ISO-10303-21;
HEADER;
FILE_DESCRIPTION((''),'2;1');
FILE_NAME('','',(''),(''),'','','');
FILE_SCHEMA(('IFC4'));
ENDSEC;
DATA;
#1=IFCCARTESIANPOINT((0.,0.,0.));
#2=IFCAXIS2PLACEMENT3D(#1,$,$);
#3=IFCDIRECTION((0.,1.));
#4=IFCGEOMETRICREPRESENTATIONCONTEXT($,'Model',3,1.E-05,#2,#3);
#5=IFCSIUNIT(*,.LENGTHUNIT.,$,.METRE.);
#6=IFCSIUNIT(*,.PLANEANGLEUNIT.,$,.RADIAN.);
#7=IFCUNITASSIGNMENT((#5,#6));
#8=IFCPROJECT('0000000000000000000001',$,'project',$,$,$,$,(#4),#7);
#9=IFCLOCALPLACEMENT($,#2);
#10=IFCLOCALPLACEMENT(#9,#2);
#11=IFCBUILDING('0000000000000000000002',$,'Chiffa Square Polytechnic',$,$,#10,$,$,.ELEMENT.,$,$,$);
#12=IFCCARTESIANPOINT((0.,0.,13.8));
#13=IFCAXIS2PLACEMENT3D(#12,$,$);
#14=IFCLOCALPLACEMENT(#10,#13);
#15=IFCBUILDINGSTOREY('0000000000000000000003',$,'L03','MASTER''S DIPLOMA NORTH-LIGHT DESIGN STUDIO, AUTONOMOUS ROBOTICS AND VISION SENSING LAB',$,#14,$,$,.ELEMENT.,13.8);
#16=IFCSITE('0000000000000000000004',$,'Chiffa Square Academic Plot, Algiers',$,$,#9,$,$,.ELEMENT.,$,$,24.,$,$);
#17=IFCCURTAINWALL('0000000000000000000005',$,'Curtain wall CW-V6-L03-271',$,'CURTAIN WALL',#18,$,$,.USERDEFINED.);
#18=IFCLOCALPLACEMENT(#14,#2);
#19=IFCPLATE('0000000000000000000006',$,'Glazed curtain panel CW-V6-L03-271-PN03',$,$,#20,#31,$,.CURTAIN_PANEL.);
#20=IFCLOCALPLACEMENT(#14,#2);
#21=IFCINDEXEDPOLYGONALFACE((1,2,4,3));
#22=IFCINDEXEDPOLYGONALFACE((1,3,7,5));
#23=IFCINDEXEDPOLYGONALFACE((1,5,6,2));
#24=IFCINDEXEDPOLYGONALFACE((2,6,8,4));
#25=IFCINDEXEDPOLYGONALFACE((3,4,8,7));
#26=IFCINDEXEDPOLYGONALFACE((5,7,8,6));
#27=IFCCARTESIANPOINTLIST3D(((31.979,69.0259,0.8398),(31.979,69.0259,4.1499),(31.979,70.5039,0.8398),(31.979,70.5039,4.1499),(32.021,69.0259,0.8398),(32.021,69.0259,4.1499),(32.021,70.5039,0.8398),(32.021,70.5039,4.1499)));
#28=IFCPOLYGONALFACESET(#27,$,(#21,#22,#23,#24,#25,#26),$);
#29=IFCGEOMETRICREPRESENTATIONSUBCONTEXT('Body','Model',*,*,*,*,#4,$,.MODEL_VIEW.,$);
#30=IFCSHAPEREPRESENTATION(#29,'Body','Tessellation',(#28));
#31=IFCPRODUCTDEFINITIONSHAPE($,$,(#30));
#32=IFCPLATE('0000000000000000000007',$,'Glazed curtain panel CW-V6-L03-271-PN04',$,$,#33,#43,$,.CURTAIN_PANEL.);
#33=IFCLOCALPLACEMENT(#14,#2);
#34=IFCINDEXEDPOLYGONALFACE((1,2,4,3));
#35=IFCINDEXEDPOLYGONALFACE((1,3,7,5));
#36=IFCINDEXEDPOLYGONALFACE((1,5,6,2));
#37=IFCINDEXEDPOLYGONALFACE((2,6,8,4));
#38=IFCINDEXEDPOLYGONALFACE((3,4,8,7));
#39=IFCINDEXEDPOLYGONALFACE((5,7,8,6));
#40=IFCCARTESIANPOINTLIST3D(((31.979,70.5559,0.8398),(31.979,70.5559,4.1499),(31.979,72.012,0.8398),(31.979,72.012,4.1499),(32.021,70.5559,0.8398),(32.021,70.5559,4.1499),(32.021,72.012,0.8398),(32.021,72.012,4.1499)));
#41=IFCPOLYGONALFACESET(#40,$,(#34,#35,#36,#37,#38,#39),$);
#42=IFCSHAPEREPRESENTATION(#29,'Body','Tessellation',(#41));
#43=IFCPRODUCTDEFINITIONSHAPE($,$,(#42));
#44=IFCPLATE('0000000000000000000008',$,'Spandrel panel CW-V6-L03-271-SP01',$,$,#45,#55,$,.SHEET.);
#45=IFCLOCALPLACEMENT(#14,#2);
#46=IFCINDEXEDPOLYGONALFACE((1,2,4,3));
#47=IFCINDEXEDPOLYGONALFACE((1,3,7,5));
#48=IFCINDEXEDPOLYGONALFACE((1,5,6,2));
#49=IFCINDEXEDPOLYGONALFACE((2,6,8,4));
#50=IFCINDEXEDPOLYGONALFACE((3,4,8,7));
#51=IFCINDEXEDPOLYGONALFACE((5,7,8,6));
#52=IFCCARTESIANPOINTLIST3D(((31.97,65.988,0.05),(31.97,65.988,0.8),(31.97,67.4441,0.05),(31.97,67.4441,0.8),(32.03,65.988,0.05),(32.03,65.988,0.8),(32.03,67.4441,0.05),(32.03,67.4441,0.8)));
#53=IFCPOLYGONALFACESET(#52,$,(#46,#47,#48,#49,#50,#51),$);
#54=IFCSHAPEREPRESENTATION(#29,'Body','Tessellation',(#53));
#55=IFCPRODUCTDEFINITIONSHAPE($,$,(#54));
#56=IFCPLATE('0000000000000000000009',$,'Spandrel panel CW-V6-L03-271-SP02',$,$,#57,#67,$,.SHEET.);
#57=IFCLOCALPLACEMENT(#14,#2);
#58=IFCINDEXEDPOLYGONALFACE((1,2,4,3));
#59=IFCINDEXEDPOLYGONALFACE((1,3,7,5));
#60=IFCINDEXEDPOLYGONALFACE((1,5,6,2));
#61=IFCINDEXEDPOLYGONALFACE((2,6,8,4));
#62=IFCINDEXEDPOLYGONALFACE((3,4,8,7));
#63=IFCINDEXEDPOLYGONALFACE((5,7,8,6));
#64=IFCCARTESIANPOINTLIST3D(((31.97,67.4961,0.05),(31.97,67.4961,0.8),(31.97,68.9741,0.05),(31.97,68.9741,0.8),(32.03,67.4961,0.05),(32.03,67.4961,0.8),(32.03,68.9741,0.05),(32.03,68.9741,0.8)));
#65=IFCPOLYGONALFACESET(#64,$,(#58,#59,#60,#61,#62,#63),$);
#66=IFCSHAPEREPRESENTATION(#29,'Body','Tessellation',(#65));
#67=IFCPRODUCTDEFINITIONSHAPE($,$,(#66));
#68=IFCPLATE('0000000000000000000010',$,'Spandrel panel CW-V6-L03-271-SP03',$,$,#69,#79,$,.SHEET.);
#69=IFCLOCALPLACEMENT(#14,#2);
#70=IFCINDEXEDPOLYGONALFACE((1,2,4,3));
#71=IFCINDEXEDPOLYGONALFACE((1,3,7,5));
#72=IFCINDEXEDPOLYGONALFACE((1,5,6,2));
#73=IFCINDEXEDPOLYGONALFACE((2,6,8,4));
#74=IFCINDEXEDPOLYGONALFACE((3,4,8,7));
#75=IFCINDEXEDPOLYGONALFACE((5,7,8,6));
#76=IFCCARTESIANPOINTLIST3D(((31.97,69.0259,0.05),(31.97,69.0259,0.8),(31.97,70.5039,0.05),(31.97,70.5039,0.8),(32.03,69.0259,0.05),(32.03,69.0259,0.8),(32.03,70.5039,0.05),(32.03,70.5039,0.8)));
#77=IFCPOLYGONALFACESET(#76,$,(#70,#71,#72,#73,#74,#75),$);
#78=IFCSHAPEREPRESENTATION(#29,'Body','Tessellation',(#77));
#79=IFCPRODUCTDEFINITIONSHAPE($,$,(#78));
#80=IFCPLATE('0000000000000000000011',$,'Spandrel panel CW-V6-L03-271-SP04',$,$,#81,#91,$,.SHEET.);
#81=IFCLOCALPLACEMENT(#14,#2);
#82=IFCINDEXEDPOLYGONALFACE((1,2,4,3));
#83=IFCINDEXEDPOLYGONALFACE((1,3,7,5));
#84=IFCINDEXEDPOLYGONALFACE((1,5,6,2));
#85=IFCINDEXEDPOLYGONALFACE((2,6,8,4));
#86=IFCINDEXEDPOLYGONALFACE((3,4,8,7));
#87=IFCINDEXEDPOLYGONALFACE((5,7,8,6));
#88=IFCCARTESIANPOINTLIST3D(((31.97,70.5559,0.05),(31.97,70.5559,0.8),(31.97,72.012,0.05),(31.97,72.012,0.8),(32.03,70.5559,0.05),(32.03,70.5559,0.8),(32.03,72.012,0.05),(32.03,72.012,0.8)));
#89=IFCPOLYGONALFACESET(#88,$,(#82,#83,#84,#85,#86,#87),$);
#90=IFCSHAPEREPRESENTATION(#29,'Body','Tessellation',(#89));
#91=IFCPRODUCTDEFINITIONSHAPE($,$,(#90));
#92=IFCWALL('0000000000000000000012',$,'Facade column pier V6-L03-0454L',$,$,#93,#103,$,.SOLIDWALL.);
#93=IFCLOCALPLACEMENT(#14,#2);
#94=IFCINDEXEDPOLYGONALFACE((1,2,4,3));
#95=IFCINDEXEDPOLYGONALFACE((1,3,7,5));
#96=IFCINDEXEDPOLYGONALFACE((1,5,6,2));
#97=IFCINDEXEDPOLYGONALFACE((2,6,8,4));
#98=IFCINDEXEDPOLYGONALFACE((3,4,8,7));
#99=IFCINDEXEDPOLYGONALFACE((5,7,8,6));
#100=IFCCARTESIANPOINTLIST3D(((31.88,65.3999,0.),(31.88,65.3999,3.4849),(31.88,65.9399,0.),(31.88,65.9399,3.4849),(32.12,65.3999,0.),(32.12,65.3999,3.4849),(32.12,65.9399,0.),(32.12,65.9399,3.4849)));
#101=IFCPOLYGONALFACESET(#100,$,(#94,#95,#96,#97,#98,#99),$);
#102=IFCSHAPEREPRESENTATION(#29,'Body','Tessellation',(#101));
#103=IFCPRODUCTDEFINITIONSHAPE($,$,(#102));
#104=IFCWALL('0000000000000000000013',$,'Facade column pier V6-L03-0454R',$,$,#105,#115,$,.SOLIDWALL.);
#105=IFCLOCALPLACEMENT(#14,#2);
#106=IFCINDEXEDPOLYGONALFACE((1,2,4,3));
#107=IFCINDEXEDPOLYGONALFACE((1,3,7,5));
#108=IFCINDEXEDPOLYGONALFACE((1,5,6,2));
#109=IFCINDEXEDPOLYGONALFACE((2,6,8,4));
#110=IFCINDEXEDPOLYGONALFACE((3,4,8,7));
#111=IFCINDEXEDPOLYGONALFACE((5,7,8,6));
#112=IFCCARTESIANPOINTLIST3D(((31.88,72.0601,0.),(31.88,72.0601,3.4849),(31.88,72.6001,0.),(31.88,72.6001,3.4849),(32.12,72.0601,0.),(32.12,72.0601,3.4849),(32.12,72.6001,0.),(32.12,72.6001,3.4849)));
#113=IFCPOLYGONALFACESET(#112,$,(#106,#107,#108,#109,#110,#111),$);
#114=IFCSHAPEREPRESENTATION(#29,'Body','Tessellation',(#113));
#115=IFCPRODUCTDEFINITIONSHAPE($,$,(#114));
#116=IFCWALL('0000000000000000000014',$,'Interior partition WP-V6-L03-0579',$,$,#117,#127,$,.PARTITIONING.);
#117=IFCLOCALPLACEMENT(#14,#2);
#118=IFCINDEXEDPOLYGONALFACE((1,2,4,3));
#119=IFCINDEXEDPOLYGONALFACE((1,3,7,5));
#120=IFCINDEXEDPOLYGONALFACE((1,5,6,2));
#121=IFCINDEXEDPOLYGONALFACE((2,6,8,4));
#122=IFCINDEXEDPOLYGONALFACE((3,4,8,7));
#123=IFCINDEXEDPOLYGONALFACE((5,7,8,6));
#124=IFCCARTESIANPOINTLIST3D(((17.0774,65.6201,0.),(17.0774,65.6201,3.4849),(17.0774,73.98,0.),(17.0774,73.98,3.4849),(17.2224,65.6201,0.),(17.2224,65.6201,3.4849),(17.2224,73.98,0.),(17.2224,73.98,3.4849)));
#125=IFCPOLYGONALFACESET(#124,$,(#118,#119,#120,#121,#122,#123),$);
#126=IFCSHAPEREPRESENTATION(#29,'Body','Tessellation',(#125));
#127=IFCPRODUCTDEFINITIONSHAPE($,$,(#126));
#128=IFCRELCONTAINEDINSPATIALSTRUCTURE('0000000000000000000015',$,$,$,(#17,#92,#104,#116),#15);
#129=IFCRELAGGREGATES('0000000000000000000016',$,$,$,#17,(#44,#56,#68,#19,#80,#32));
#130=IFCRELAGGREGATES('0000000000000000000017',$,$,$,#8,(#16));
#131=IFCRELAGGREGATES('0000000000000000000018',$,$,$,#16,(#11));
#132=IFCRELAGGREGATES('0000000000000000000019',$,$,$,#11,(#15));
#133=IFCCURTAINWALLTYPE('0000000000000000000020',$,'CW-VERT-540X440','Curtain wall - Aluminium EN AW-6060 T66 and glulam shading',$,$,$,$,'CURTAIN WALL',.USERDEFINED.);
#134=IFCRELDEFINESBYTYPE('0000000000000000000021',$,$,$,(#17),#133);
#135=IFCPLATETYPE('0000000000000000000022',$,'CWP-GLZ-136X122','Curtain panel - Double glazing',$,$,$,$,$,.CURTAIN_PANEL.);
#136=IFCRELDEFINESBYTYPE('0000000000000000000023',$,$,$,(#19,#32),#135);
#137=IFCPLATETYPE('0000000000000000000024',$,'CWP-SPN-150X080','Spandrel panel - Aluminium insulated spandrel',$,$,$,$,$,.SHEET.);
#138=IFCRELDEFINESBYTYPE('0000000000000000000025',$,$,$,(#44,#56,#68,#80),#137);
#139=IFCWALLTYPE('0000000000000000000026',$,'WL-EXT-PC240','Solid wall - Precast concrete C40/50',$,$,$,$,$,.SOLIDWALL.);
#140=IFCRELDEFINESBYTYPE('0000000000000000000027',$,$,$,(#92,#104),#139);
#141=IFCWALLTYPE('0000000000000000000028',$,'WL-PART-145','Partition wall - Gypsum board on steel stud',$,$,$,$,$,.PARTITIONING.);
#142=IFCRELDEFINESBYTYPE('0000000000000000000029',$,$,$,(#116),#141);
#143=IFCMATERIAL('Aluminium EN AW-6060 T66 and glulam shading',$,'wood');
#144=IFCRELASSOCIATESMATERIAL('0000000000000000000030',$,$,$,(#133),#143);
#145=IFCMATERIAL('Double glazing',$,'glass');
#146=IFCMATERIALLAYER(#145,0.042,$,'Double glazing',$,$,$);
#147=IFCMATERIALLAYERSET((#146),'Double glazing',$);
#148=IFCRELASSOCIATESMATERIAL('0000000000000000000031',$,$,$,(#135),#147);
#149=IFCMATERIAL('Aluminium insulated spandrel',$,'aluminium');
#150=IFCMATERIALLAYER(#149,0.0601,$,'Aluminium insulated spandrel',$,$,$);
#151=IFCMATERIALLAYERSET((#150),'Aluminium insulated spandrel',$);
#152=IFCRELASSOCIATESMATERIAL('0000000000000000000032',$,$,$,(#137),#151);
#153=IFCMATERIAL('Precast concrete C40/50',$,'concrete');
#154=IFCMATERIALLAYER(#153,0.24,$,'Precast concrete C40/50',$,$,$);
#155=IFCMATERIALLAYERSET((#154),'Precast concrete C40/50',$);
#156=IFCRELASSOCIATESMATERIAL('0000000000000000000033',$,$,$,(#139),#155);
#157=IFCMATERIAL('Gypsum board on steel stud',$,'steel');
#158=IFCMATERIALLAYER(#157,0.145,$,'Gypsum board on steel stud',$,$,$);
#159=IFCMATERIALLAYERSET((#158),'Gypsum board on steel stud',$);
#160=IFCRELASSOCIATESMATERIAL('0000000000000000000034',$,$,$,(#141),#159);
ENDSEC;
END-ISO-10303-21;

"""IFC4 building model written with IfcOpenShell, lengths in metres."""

from ifc_helpers import new_model, si_unit, direction, frame, frame_2d, origin, origin_2d, place, context, subcontext, project, spatial, rectangle, extrude, material, layer, layer_set, type_object, element, aggregate, save


model = new_model("IFC4")

# Units and contexts
model_context = context("Model", 3, precision=1e-05, world=origin(), true_north=direction((0.0, 1.0)))
body_context = subcontext(model_context, "Body", "Model", "MODEL_VIEW")
ifc_project = project(units=[si_unit("LENGTHUNIT", "METRE"), si_unit("PLANEANGLEUNIT", "RADIAN")], contexts=[model_context])

# Site, building, storey
site_placement = place(None, origin())
site = spatial("IfcSite", under=ifc_project, at=site_placement, Name="Chiffa Square Academic Plot, Algiers", CompositionType="ELEMENT", RefElevation=24.0)
building_placement = place(site_placement, origin())
building = spatial("IfcBuilding", under=site, at=building_placement, Name="Chiffa Square Polytechnic", CompositionType="ELEMENT")
storey_placement = place(building_placement, frame((0.0, 0.0, 13.8)))
storey = spatial("IfcBuildingStorey", under=building, at=storey_placement, Name="L03", Description="MASTER'S DIPLOMA NORTH-LIGHT DESIGN STUDIO, AUTONOMOUS ROBOTICS AND VISION SENSING LAB", CompositionType="ELEMENT", Elevation=13.8)

# Curtain wall
ifc_material_1 = material(Name="Aluminium EN AW-6060 T66 and glulam shading", Category="wood")
curtain_wall_type = type_object("IfcCurtainWallType", Name="CW-VERT-540X440", Description="Curtain wall - Aluminium EN AW-6060 T66 and glulam shading", ElementType="CURTAIN WALL", PredefinedType="USERDEFINED", material=ifc_material_1)
curtain_wall_placement = place(storey_placement, origin())
curtain_wall = element("IfcCurtainWall", 1, at=curtain_wall_placement, inside=storey, type_object=curtain_wall_type, Name="Curtain wall CW-V6-L03-271", ObjectType="CURTAIN WALL", PredefinedType="USERDEFINED")

# Plates
ifc_material_2 = material(Name="Double glazing", Category="glass")
ifc_layer_1 = layer(ifc_material_2, 0.042, Name="Double glazing")
ifc_layer_set_1 = layer_set([ifc_layer_1], Name="Double glazing")
plate_type_1 = type_object("IfcPlateType", Name="CWP-GLZ-136X122", Description="Curtain panel - Double glazing", PredefinedType="CURTAIN_PANEL", material=ifc_layer_set_1)
plate_1_placement = place(storey_placement, frame((32.0, 69.7649, 0.8398), z_axis=(0.0, 0.0, 1.0), x_axis=(0.0, 1.0, 0.0)))
plate_1 = element("IfcPlate", 2, at=plate_1_placement, type_object=plate_type_1, Name="Glazed curtain panel CW-V6-L03-271-PN03", PredefinedType="CURTAIN_PANEL", context=body_context, shape_type="SweptSolid", body=[
    extrude(rectangle(XDim=1.478, YDim=0.042, at=origin_2d()), origin(), (0.0, 0.0, 1.0), 3.3101),
])
plate_2_placement = place(storey_placement, frame((32.0, 71.2839, 0.8398), z_axis=(0.0, 0.0, 1.0), x_axis=(0.0, 1.0, 0.0)))
plate_2 = element("IfcPlate", 3, at=plate_2_placement, type_object=plate_type_1, Name="Glazed curtain panel CW-V6-L03-271-PN04", PredefinedType="CURTAIN_PANEL", context=body_context, shape_type="SweptSolid", body=[
    extrude(rectangle(XDim=1.4561, YDim=0.042, at=origin_2d()), origin(), (0.0, 0.0, 1.0), 3.3101),
])
ifc_material_3 = material(Name="Aluminium insulated spandrel", Category="aluminium")
ifc_layer_2 = layer(ifc_material_3, 0.0601, Name="Aluminium insulated spandrel")
ifc_layer_set_2 = layer_set([ifc_layer_2], Name="Aluminium insulated spandrel")
plate_type_2 = type_object("IfcPlateType", Name="CWP-SPN-150X080", Description="Spandrel panel - Aluminium insulated spandrel", PredefinedType="SHEET", material=ifc_layer_set_2)
plate_3_placement = place(storey_placement, frame((32.0, 66.7161, 0.05), z_axis=(0.0, 0.0, 1.0), x_axis=(0.0, 1.0, 0.0)))
plate_3 = element("IfcPlate", 4, at=plate_3_placement, type_object=plate_type_2, Name="Spandrel panel CW-V6-L03-271-SP01", PredefinedType="SHEET", context=body_context, shape_type="SweptSolid", body=[
    extrude(rectangle(XDim=1.4561, YDim=0.0601, at=origin_2d()), origin(), (0.0, 0.0, 1.0), 0.75),
])
plate_4_placement = place(storey_placement, frame((32.0, 68.2351, 0.05), z_axis=(0.0, 0.0, 1.0), x_axis=(0.0, 1.0, 0.0)))
plate_4 = element("IfcPlate", 5, at=plate_4_placement, type_object=plate_type_2, Name="Spandrel panel CW-V6-L03-271-SP02", PredefinedType="SHEET", context=body_context, shape_type="SweptSolid", body=[
    extrude(rectangle(XDim=1.478, YDim=0.0601, at=origin_2d()), origin(), (0.0, 0.0, 1.0), 0.75),
])
plate_5_placement = place(storey_placement, frame((32.0, 69.7649, 0.05), z_axis=(0.0, 0.0, 1.0), x_axis=(0.0, 1.0, 0.0)))
plate_5 = element("IfcPlate", 6, at=plate_5_placement, type_object=plate_type_2, Name="Spandrel panel CW-V6-L03-271-SP03", PredefinedType="SHEET", context=body_context, shape_type="SweptSolid", body=[
    extrude(rectangle(XDim=1.478, YDim=0.0601, at=origin_2d()), origin(), (0.0, 0.0, 1.0), 0.75),
])
plate_6_placement = place(storey_placement, frame((32.0, 71.2839, 0.05), z_axis=(0.0, 0.0, 1.0), x_axis=(0.0, 1.0, 0.0)))
plate_6 = element("IfcPlate", 7, at=plate_6_placement, type_object=plate_type_2, Name="Spandrel panel CW-V6-L03-271-SP04", PredefinedType="SHEET", context=body_context, shape_type="SweptSolid", body=[
    extrude(rectangle(XDim=1.4561, YDim=0.0601, at=origin_2d()), origin(), (0.0, 0.0, 1.0), 0.75),
])
aggregate(curtain_wall, [plate_3, plate_4, plate_5, plate_1, plate_6, plate_2])

# Walls
ifc_material_4 = material(Name="Precast concrete C40/50", Category="concrete")
ifc_layer_3 = layer(ifc_material_4, 0.24, Name="Precast concrete C40/50")
ifc_layer_set_3 = layer_set([ifc_layer_3], Name="Precast concrete C40/50")
wall_type_1 = type_object("IfcWallType", Name="WL-EXT-PC240", Description="Solid wall - Precast concrete C40/50", PredefinedType="SOLIDWALL", material=ifc_layer_set_3)
for number, where, z_axis, x_axis, name in (
    (8, (32.0, 65.3999, 0.0), (0.0, 0.0, 1.0), (0.0, 1.0, 0.0), "Facade column pier V6-L03-0454L"),
    (9, (32.0, 72.0601, 0.0), (0.0, 0.0, 1.0), (0.0, 1.0, 0.0), "Facade column pier V6-L03-0454R"),
):
    element("IfcWall", number, at=place(storey_placement, frame(where, z_axis=z_axis, x_axis=x_axis)), inside=storey, type_object=wall_type_1, Name=name, PredefinedType="SOLIDWALL", context=body_context, shape_type="SweptSolid", body=[
        extrude(rectangle(XDim=0.54, YDim=0.24, at=frame_2d((0.27, 0.0))), origin(), (0.0, 0.0, 1.0), 3.4849),
    ])
ifc_material_5 = material(Name="Gypsum board on steel stud", Category="steel")
ifc_layer_4 = layer(ifc_material_5, 0.145, Name="Gypsum board on steel stud")
ifc_layer_set_4 = layer_set([ifc_layer_4], Name="Gypsum board on steel stud")
wall_type_2 = type_object("IfcWallType", Name="WL-PART-145", Description="Partition wall - Gypsum board on steel stud", PredefinedType="PARTITIONING", material=ifc_layer_set_4)
wall_placement = place(storey_placement, frame((17.1499, 65.6201, 0.0), z_axis=(0.0, 0.0, 1.0), x_axis=(0.0, 1.0, 0.0)))
element("IfcWall", 10, at=wall_placement, inside=storey, type_object=wall_type_2, Name="Interior partition WP-V6-L03-0579", PredefinedType="PARTITIONING", context=body_context, shape_type="SweptSolid", body=[
    extrude(rectangle(XDim=8.3599, YDim=0.145, at=frame_2d((4.1799, 0.0))), origin(), (0.0, 0.0, 1.0), 3.4849),
])

save(model, "model.ifc")
